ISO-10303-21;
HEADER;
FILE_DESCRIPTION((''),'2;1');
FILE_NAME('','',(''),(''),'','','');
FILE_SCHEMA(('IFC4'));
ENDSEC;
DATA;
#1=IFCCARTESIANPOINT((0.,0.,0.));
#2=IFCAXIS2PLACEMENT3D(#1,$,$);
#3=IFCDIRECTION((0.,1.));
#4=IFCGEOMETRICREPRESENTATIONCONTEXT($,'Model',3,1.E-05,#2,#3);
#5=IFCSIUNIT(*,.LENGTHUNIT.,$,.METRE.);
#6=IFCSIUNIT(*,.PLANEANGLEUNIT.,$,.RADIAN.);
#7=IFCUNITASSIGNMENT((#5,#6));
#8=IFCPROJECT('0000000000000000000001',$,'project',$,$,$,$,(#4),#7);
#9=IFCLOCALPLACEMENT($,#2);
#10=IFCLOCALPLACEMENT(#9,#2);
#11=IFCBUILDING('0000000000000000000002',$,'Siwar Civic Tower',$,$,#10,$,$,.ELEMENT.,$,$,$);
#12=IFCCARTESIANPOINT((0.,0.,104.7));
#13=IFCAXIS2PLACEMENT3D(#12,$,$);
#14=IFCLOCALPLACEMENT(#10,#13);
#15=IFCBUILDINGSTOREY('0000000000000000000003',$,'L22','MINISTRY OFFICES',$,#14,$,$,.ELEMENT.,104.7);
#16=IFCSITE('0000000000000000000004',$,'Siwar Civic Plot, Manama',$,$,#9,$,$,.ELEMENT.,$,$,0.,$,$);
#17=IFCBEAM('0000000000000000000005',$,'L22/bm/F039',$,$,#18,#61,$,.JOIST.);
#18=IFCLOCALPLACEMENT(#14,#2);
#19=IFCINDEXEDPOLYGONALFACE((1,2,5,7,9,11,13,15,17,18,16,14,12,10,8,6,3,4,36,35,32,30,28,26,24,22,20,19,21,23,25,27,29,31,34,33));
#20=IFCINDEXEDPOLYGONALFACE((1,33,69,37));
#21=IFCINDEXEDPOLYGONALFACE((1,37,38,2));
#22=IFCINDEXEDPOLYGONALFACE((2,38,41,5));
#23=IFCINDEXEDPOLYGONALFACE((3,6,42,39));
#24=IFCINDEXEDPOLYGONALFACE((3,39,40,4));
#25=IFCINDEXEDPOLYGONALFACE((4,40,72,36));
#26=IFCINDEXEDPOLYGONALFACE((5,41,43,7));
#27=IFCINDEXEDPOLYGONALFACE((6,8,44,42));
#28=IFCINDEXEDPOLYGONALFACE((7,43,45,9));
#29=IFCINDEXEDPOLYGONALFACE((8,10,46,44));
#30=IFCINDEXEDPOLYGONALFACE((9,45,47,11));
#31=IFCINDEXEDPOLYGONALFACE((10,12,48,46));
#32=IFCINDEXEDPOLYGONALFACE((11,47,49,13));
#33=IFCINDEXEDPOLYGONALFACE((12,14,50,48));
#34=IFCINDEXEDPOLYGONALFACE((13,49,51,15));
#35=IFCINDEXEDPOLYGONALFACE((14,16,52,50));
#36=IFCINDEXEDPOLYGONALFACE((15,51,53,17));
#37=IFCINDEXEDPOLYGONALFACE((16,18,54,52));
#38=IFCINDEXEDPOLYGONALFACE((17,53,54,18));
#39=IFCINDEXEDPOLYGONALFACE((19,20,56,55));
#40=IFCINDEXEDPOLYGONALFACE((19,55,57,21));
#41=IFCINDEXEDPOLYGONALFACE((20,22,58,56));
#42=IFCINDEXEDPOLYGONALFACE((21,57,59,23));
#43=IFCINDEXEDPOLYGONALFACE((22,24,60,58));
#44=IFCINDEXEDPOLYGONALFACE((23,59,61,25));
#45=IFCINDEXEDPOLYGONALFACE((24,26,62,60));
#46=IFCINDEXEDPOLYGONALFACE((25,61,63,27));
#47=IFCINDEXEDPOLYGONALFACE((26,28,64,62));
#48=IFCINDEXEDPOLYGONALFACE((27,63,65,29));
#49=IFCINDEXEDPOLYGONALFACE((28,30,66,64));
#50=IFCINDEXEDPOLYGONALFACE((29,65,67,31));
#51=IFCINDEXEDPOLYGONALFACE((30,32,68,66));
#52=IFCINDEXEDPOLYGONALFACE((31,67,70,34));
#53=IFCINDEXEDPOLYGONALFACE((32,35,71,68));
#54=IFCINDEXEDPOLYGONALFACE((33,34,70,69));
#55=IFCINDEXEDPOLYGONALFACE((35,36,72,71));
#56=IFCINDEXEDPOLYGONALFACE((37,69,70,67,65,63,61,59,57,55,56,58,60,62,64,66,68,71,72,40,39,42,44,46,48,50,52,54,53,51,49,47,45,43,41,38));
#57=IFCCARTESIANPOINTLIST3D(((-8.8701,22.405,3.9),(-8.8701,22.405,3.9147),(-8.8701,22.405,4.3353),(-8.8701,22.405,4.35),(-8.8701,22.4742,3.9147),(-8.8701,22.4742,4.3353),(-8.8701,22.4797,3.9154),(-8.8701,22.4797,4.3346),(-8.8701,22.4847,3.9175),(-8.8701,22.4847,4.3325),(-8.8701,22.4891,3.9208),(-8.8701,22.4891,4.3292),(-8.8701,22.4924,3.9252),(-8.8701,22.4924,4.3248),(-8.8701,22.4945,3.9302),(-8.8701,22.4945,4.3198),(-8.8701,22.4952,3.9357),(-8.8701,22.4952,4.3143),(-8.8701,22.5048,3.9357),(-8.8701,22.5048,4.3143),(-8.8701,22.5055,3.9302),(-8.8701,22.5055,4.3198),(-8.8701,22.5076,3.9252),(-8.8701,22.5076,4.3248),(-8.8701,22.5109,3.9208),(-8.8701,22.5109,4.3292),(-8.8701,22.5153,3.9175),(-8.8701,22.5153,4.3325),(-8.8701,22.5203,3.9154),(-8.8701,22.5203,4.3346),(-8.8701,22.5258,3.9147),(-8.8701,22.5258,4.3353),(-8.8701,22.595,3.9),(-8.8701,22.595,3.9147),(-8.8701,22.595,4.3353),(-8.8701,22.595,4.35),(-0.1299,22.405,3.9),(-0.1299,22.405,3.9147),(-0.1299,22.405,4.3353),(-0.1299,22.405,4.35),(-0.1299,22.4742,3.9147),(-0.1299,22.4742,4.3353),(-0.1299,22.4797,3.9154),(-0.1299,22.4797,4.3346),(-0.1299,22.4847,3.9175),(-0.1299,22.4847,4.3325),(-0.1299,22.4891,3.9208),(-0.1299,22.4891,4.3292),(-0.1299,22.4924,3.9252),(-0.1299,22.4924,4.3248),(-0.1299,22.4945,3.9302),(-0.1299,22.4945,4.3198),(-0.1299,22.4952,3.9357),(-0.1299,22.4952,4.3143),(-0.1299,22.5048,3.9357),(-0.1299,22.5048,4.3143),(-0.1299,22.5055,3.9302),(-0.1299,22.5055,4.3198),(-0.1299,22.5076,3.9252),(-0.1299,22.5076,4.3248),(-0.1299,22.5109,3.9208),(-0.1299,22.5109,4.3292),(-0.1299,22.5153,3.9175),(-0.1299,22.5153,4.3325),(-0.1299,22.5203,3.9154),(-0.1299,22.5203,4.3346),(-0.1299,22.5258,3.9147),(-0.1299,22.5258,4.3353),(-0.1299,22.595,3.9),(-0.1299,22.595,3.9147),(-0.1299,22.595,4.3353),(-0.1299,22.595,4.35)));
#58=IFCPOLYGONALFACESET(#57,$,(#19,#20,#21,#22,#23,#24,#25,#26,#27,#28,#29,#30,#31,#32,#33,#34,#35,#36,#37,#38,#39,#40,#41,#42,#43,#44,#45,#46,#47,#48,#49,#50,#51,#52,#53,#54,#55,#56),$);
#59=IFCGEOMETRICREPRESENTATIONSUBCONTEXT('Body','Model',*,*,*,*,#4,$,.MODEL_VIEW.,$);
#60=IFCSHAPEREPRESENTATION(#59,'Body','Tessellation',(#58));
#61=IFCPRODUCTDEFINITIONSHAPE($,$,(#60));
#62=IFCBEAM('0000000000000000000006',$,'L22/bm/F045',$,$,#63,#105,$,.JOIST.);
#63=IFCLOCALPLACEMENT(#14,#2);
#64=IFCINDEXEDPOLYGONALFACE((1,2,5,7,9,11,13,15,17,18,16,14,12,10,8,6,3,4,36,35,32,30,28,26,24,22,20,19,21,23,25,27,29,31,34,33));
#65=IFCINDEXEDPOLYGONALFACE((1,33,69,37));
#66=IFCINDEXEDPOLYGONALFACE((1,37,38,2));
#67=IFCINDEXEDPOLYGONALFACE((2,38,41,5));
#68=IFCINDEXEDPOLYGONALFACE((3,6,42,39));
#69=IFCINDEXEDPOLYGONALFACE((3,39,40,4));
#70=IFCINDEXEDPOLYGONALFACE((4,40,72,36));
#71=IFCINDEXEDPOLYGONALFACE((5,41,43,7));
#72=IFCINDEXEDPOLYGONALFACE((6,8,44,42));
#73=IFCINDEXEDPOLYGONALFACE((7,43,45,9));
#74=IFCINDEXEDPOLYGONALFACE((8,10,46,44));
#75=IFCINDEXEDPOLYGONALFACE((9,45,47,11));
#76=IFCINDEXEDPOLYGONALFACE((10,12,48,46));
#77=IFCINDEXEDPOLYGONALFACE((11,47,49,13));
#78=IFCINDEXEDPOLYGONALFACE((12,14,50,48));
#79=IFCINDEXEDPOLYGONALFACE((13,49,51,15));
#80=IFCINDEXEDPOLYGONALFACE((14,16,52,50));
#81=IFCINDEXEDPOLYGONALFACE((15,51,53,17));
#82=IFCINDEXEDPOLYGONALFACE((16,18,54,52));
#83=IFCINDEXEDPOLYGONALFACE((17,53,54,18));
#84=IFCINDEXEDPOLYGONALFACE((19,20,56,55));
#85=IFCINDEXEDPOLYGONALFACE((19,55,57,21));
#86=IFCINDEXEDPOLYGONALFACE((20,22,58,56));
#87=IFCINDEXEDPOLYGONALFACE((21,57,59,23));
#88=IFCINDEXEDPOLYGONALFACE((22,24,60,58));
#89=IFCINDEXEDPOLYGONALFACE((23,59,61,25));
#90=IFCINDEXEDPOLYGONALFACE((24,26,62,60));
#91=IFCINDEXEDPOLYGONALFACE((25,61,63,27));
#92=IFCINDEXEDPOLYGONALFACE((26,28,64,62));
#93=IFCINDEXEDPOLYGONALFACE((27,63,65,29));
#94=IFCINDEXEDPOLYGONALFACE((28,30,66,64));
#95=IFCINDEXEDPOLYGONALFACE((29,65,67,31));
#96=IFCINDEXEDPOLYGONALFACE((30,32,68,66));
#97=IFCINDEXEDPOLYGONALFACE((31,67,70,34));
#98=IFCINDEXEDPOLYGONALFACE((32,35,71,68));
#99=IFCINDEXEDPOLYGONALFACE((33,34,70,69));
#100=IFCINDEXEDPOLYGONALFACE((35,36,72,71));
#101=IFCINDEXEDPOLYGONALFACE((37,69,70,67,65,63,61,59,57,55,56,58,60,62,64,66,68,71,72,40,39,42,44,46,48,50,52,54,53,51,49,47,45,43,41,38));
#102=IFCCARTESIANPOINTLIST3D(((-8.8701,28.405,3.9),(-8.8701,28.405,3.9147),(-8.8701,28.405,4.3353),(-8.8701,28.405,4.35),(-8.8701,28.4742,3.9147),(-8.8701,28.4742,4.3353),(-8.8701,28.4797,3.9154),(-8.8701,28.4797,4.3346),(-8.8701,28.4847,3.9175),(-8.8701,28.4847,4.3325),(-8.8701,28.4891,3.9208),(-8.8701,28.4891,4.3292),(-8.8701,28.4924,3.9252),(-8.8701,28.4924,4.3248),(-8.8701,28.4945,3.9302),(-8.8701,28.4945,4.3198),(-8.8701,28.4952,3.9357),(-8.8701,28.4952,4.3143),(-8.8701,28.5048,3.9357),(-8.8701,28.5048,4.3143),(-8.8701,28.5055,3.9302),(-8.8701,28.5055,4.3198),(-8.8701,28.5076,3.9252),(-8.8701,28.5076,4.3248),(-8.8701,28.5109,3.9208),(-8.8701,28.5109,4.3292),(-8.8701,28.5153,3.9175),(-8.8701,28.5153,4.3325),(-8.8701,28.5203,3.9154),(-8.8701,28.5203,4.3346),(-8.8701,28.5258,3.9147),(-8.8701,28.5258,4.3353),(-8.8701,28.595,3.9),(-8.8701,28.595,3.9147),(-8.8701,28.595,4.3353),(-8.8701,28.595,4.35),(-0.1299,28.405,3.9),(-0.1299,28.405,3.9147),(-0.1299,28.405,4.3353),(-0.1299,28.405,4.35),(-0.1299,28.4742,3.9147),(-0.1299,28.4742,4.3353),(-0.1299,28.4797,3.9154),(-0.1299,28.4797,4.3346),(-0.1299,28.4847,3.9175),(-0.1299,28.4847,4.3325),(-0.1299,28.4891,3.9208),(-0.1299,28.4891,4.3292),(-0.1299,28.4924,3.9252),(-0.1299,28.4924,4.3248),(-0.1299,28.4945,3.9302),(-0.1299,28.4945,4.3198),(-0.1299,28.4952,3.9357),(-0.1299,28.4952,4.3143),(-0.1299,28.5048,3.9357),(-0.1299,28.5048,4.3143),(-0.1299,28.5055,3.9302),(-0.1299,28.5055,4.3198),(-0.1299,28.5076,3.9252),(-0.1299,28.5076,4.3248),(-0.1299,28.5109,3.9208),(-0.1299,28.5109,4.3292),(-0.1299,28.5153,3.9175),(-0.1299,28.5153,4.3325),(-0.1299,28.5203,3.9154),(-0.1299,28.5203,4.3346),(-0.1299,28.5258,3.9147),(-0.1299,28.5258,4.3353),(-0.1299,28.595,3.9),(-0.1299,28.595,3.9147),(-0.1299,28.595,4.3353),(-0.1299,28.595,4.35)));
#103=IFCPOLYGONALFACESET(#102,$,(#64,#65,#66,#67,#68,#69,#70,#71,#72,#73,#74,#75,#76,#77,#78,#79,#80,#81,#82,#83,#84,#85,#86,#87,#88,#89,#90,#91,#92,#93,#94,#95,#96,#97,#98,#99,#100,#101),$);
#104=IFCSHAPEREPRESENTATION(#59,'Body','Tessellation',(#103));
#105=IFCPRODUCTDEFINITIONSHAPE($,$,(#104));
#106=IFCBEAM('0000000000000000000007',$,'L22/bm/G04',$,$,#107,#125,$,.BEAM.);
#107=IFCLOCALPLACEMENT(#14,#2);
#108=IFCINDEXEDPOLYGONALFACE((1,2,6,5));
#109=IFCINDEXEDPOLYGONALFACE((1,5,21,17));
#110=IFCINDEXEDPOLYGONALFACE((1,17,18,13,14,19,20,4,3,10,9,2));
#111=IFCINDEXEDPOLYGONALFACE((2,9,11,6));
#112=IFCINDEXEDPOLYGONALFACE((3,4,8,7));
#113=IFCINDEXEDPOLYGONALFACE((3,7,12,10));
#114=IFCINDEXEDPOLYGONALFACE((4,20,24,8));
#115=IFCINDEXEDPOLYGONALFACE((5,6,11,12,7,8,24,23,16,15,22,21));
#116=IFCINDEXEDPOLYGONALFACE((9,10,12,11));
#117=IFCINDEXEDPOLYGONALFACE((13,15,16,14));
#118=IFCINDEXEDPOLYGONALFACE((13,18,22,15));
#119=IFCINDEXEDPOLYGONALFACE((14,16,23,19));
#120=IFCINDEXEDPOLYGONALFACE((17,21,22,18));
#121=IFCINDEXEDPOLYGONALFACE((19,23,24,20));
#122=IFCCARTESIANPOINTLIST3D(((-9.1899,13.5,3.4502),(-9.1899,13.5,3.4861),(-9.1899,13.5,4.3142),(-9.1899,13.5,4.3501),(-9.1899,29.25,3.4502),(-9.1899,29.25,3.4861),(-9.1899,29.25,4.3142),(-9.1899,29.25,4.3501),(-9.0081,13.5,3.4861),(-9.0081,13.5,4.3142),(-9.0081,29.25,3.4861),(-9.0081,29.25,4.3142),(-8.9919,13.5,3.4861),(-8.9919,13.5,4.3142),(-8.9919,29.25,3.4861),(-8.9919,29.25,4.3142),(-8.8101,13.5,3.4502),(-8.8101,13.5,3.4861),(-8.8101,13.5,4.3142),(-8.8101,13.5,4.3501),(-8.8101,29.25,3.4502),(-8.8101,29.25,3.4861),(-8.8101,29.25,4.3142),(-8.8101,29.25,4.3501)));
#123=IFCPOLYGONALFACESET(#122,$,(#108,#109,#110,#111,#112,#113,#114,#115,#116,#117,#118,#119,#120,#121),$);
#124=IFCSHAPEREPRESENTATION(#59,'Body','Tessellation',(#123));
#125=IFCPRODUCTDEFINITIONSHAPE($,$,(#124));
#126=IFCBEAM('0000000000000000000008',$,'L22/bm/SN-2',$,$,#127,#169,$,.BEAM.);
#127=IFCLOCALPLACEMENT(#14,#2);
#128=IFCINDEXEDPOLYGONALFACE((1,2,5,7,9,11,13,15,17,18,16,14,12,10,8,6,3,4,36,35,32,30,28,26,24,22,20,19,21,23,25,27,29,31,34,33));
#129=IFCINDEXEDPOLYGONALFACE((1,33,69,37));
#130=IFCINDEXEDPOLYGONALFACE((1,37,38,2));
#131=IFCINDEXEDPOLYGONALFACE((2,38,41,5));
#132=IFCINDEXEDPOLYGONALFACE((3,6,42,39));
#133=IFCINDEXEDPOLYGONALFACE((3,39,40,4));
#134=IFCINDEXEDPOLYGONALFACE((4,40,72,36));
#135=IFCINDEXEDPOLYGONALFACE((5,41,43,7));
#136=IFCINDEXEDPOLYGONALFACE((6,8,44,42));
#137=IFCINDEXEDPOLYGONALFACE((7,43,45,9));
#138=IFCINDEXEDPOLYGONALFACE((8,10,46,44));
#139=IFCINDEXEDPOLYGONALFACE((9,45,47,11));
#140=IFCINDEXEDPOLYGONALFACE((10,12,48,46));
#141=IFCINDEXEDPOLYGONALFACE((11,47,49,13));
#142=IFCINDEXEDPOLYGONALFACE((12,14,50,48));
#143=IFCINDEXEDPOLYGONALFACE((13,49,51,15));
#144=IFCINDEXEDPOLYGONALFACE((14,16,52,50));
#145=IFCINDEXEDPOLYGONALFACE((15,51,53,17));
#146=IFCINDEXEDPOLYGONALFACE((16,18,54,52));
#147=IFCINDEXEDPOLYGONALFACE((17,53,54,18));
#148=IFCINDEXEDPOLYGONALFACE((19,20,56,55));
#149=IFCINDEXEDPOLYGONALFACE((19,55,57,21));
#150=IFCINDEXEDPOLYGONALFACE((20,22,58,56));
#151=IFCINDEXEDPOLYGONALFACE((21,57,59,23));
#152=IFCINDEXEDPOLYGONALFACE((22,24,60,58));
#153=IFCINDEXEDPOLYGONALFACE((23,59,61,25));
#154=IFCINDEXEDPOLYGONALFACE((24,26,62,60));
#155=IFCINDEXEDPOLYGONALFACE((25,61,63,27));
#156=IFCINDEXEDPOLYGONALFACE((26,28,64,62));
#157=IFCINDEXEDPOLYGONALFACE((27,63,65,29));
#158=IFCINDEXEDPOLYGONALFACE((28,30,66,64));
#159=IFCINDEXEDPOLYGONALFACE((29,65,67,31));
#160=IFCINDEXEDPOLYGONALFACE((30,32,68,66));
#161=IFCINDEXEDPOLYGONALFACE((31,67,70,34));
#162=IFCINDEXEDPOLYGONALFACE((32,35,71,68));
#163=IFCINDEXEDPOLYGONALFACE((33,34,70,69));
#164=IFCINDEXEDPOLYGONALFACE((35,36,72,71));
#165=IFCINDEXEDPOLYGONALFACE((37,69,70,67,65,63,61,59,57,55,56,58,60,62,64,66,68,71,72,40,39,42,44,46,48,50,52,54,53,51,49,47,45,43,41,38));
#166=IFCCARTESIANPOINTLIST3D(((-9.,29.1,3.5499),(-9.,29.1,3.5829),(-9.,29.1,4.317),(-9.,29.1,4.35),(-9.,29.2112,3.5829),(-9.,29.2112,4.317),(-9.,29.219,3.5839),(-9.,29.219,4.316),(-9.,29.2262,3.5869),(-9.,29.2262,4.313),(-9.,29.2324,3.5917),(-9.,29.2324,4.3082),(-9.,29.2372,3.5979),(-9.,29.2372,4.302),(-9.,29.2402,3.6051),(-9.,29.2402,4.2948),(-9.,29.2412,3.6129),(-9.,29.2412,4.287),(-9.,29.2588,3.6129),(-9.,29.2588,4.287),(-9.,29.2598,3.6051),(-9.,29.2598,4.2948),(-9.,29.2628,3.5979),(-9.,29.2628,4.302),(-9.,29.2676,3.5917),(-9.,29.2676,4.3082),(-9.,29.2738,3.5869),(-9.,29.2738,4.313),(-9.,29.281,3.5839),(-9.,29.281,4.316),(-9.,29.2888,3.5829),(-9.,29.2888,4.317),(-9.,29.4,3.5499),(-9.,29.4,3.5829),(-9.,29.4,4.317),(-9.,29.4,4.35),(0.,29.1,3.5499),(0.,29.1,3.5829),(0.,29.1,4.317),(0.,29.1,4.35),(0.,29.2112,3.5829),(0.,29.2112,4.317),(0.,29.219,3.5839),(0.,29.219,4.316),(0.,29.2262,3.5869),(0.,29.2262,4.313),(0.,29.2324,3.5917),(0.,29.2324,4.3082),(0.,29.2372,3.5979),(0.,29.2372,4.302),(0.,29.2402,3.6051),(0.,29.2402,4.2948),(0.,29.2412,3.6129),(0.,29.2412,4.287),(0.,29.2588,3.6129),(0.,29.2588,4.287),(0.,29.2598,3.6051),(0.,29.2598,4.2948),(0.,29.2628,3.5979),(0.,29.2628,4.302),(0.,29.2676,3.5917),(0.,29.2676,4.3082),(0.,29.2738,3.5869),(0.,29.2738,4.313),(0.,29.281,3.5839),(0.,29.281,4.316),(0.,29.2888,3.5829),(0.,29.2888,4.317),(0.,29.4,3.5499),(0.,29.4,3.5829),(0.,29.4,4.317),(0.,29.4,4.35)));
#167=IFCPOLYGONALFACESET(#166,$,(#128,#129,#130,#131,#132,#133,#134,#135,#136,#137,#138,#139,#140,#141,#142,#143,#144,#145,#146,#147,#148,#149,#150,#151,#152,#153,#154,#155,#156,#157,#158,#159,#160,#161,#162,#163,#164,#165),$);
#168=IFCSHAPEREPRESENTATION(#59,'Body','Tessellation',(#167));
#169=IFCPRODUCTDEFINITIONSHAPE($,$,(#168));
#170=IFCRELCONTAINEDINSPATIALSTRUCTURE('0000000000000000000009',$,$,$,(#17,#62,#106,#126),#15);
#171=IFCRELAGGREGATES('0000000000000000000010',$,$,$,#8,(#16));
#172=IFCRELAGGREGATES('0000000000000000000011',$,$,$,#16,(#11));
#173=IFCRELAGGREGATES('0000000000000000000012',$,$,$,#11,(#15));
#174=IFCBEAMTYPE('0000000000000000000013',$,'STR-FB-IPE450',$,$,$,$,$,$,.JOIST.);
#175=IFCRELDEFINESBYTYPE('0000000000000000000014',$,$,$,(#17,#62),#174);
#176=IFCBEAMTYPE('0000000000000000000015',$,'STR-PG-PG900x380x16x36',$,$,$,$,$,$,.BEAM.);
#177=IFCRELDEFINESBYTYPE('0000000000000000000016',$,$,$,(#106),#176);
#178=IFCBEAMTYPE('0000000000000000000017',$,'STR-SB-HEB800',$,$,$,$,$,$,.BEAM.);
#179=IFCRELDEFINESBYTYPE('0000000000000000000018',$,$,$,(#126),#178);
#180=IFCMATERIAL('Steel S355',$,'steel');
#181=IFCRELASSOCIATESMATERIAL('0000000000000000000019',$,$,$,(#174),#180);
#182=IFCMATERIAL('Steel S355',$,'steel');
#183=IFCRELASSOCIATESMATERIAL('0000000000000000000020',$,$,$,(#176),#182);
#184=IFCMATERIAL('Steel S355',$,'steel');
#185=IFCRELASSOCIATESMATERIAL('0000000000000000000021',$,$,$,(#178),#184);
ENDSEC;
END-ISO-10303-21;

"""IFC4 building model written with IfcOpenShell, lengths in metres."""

from ifc_helpers import new_model, si_unit, direction, frame, origin, origin_2d, place, context, subcontext, project, spatial, i_section, extrude, material, material_profile, profile_set, type_object, element, save


model = new_model("IFC4")

# Units and contexts
model_context = context("Model", 3, precision=1e-05, world=origin(), true_north=direction((0.0, 1.0)))
body_context = subcontext(model_context, "Body", "Model", "MODEL_VIEW")
ifc_project = project(units=[si_unit("LENGTHUNIT", "METRE"), si_unit("PLANEANGLEUNIT", "RADIAN")], contexts=[model_context])

# Site, building, storey
site_placement = place(None, origin())
site = spatial("IfcSite", under=ifc_project, at=site_placement, Name="Siwar Civic Plot, Manama", CompositionType="ELEMENT", RefElevation=0.0)
building_placement = place(site_placement, origin())
building = spatial("IfcBuilding", under=site, at=building_placement, Name="Siwar Civic Tower", CompositionType="ELEMENT")
storey_placement = place(building_placement, frame((0.0, 0.0, 104.7)))
storey = spatial("IfcBuildingStorey", under=building, at=storey_placement, Name="L22", Description="MINISTRY OFFICES", CompositionType="ELEMENT", Elevation=104.7)

# Beams
ifc_material_1 = material(Name="Steel S355", Category="steel")
ifc_material_profile_1 = material_profile(ifc_material_1, i_section(OverallWidth=0.1899, OverallDepth=0.45, WebThickness=0.0095, FlangeThickness=0.0146, FilletRadius=0.021, at=origin_2d()), Name="IPE450")
ifc_profile_set_1 = profile_set([ifc_material_profile_1], Name="Steel S355")
beam_type_1 = type_object("IfcBeamType", Name="STR-FB-IPE450", PredefinedType="JOIST", material=ifc_profile_set_1)
for number, where, z_axis, x_axis, name in (
    (1, (-8.8701, 22.5, 4.125), (1.0, 0.0, 0.0), (0.0, 1.0, 0.0), "L22/bm/F039"),
    (2, (-8.8701, 28.5, 4.125), (1.0, 0.0, 0.0), (0.0, 1.0, 0.0), "L22/bm/F045"),
):
    element("IfcBeam", number, at=place(storey_placement, frame(where, z_axis=z_axis, x_axis=x_axis)), inside=storey, type_object=beam_type_1, Name=name, PredefinedType="JOIST", context=body_context, shape_type="SweptSolid", body=[
        extrude(i_section(OverallWidth=0.1899, OverallDepth=0.45, WebThickness=0.0095, FlangeThickness=0.0146, FilletRadius=0.021, at=origin_2d()), origin(), (0.0, 0.0, 1.0), 8.7402),
    ])
ifc_material_2 = material(Name="Steel S355", Category="steel")
ifc_material_profile_2 = material_profile(ifc_material_2, i_section(OverallWidth=0.3799, OverallDepth=0.8999, WebThickness=0.0161, FlangeThickness=0.0359, at=origin_2d()), Name="PG900x380x16x36")
ifc_profile_set_2 = profile_set([ifc_material_profile_2], Name="Steel S355")
beam_type_2 = type_object("IfcBeamType", Name="STR-PG-PG900x380x16x36", PredefinedType="BEAM", material=ifc_profile_set_2)
beam_1_placement = place(storey_placement, frame((-9.0, 13.5, 3.9001), z_axis=(0.0, 1.0, 0.0), x_axis=(-1.0, 0.0, 0.0)))
element("IfcBeam", 3, at=beam_1_placement, inside=storey, type_object=beam_type_2, Name="L22/bm/G04", PredefinedType="BEAM", context=body_context, shape_type="SweptSolid", body=[
    extrude(i_section(OverallWidth=0.3799, OverallDepth=0.8999, WebThickness=0.0161, FlangeThickness=0.0359, at=origin_2d()), origin(), (0.0, 0.0, 1.0), 15.75),
])
ifc_material_3 = material(Name="Steel S355", Category="steel")
ifc_material_profile_3 = material_profile(ifc_material_3, i_section(OverallWidth=0.3, OverallDepth=0.8, WebThickness=0.0176, FlangeThickness=0.033, FilletRadius=0.03, at=origin_2d()), Name="HEB800")
ifc_profile_set_3 = profile_set([ifc_material_profile_3], Name="Steel S355")
beam_type_3 = type_object("IfcBeamType", Name="STR-SB-HEB800", PredefinedType="BEAM", material=ifc_profile_set_3)
for number, where, z_axis, x_axis, name in (
    (4, (0.0, 29.25, 3.95), (-1.0, 0.0, 0.0), (0.0, -1.0, 0.0), "L22/bm/SN-2"),
):
    element("IfcBeam", number, at=place(storey_placement, frame(where, z_axis=z_axis, x_axis=x_axis)), inside=storey, type_object=beam_type_3, Name=name, PredefinedType="BEAM", context=body_context, shape_type="SweptSolid", body=[
        extrude(i_section(OverallWidth=0.3, OverallDepth=0.8, WebThickness=0.0176, FlangeThickness=0.033, FilletRadius=0.03, at=origin_2d()), origin(), (0.0, 0.0, 1.0), 9.0),
    ])

save(model, "model.ifc")
